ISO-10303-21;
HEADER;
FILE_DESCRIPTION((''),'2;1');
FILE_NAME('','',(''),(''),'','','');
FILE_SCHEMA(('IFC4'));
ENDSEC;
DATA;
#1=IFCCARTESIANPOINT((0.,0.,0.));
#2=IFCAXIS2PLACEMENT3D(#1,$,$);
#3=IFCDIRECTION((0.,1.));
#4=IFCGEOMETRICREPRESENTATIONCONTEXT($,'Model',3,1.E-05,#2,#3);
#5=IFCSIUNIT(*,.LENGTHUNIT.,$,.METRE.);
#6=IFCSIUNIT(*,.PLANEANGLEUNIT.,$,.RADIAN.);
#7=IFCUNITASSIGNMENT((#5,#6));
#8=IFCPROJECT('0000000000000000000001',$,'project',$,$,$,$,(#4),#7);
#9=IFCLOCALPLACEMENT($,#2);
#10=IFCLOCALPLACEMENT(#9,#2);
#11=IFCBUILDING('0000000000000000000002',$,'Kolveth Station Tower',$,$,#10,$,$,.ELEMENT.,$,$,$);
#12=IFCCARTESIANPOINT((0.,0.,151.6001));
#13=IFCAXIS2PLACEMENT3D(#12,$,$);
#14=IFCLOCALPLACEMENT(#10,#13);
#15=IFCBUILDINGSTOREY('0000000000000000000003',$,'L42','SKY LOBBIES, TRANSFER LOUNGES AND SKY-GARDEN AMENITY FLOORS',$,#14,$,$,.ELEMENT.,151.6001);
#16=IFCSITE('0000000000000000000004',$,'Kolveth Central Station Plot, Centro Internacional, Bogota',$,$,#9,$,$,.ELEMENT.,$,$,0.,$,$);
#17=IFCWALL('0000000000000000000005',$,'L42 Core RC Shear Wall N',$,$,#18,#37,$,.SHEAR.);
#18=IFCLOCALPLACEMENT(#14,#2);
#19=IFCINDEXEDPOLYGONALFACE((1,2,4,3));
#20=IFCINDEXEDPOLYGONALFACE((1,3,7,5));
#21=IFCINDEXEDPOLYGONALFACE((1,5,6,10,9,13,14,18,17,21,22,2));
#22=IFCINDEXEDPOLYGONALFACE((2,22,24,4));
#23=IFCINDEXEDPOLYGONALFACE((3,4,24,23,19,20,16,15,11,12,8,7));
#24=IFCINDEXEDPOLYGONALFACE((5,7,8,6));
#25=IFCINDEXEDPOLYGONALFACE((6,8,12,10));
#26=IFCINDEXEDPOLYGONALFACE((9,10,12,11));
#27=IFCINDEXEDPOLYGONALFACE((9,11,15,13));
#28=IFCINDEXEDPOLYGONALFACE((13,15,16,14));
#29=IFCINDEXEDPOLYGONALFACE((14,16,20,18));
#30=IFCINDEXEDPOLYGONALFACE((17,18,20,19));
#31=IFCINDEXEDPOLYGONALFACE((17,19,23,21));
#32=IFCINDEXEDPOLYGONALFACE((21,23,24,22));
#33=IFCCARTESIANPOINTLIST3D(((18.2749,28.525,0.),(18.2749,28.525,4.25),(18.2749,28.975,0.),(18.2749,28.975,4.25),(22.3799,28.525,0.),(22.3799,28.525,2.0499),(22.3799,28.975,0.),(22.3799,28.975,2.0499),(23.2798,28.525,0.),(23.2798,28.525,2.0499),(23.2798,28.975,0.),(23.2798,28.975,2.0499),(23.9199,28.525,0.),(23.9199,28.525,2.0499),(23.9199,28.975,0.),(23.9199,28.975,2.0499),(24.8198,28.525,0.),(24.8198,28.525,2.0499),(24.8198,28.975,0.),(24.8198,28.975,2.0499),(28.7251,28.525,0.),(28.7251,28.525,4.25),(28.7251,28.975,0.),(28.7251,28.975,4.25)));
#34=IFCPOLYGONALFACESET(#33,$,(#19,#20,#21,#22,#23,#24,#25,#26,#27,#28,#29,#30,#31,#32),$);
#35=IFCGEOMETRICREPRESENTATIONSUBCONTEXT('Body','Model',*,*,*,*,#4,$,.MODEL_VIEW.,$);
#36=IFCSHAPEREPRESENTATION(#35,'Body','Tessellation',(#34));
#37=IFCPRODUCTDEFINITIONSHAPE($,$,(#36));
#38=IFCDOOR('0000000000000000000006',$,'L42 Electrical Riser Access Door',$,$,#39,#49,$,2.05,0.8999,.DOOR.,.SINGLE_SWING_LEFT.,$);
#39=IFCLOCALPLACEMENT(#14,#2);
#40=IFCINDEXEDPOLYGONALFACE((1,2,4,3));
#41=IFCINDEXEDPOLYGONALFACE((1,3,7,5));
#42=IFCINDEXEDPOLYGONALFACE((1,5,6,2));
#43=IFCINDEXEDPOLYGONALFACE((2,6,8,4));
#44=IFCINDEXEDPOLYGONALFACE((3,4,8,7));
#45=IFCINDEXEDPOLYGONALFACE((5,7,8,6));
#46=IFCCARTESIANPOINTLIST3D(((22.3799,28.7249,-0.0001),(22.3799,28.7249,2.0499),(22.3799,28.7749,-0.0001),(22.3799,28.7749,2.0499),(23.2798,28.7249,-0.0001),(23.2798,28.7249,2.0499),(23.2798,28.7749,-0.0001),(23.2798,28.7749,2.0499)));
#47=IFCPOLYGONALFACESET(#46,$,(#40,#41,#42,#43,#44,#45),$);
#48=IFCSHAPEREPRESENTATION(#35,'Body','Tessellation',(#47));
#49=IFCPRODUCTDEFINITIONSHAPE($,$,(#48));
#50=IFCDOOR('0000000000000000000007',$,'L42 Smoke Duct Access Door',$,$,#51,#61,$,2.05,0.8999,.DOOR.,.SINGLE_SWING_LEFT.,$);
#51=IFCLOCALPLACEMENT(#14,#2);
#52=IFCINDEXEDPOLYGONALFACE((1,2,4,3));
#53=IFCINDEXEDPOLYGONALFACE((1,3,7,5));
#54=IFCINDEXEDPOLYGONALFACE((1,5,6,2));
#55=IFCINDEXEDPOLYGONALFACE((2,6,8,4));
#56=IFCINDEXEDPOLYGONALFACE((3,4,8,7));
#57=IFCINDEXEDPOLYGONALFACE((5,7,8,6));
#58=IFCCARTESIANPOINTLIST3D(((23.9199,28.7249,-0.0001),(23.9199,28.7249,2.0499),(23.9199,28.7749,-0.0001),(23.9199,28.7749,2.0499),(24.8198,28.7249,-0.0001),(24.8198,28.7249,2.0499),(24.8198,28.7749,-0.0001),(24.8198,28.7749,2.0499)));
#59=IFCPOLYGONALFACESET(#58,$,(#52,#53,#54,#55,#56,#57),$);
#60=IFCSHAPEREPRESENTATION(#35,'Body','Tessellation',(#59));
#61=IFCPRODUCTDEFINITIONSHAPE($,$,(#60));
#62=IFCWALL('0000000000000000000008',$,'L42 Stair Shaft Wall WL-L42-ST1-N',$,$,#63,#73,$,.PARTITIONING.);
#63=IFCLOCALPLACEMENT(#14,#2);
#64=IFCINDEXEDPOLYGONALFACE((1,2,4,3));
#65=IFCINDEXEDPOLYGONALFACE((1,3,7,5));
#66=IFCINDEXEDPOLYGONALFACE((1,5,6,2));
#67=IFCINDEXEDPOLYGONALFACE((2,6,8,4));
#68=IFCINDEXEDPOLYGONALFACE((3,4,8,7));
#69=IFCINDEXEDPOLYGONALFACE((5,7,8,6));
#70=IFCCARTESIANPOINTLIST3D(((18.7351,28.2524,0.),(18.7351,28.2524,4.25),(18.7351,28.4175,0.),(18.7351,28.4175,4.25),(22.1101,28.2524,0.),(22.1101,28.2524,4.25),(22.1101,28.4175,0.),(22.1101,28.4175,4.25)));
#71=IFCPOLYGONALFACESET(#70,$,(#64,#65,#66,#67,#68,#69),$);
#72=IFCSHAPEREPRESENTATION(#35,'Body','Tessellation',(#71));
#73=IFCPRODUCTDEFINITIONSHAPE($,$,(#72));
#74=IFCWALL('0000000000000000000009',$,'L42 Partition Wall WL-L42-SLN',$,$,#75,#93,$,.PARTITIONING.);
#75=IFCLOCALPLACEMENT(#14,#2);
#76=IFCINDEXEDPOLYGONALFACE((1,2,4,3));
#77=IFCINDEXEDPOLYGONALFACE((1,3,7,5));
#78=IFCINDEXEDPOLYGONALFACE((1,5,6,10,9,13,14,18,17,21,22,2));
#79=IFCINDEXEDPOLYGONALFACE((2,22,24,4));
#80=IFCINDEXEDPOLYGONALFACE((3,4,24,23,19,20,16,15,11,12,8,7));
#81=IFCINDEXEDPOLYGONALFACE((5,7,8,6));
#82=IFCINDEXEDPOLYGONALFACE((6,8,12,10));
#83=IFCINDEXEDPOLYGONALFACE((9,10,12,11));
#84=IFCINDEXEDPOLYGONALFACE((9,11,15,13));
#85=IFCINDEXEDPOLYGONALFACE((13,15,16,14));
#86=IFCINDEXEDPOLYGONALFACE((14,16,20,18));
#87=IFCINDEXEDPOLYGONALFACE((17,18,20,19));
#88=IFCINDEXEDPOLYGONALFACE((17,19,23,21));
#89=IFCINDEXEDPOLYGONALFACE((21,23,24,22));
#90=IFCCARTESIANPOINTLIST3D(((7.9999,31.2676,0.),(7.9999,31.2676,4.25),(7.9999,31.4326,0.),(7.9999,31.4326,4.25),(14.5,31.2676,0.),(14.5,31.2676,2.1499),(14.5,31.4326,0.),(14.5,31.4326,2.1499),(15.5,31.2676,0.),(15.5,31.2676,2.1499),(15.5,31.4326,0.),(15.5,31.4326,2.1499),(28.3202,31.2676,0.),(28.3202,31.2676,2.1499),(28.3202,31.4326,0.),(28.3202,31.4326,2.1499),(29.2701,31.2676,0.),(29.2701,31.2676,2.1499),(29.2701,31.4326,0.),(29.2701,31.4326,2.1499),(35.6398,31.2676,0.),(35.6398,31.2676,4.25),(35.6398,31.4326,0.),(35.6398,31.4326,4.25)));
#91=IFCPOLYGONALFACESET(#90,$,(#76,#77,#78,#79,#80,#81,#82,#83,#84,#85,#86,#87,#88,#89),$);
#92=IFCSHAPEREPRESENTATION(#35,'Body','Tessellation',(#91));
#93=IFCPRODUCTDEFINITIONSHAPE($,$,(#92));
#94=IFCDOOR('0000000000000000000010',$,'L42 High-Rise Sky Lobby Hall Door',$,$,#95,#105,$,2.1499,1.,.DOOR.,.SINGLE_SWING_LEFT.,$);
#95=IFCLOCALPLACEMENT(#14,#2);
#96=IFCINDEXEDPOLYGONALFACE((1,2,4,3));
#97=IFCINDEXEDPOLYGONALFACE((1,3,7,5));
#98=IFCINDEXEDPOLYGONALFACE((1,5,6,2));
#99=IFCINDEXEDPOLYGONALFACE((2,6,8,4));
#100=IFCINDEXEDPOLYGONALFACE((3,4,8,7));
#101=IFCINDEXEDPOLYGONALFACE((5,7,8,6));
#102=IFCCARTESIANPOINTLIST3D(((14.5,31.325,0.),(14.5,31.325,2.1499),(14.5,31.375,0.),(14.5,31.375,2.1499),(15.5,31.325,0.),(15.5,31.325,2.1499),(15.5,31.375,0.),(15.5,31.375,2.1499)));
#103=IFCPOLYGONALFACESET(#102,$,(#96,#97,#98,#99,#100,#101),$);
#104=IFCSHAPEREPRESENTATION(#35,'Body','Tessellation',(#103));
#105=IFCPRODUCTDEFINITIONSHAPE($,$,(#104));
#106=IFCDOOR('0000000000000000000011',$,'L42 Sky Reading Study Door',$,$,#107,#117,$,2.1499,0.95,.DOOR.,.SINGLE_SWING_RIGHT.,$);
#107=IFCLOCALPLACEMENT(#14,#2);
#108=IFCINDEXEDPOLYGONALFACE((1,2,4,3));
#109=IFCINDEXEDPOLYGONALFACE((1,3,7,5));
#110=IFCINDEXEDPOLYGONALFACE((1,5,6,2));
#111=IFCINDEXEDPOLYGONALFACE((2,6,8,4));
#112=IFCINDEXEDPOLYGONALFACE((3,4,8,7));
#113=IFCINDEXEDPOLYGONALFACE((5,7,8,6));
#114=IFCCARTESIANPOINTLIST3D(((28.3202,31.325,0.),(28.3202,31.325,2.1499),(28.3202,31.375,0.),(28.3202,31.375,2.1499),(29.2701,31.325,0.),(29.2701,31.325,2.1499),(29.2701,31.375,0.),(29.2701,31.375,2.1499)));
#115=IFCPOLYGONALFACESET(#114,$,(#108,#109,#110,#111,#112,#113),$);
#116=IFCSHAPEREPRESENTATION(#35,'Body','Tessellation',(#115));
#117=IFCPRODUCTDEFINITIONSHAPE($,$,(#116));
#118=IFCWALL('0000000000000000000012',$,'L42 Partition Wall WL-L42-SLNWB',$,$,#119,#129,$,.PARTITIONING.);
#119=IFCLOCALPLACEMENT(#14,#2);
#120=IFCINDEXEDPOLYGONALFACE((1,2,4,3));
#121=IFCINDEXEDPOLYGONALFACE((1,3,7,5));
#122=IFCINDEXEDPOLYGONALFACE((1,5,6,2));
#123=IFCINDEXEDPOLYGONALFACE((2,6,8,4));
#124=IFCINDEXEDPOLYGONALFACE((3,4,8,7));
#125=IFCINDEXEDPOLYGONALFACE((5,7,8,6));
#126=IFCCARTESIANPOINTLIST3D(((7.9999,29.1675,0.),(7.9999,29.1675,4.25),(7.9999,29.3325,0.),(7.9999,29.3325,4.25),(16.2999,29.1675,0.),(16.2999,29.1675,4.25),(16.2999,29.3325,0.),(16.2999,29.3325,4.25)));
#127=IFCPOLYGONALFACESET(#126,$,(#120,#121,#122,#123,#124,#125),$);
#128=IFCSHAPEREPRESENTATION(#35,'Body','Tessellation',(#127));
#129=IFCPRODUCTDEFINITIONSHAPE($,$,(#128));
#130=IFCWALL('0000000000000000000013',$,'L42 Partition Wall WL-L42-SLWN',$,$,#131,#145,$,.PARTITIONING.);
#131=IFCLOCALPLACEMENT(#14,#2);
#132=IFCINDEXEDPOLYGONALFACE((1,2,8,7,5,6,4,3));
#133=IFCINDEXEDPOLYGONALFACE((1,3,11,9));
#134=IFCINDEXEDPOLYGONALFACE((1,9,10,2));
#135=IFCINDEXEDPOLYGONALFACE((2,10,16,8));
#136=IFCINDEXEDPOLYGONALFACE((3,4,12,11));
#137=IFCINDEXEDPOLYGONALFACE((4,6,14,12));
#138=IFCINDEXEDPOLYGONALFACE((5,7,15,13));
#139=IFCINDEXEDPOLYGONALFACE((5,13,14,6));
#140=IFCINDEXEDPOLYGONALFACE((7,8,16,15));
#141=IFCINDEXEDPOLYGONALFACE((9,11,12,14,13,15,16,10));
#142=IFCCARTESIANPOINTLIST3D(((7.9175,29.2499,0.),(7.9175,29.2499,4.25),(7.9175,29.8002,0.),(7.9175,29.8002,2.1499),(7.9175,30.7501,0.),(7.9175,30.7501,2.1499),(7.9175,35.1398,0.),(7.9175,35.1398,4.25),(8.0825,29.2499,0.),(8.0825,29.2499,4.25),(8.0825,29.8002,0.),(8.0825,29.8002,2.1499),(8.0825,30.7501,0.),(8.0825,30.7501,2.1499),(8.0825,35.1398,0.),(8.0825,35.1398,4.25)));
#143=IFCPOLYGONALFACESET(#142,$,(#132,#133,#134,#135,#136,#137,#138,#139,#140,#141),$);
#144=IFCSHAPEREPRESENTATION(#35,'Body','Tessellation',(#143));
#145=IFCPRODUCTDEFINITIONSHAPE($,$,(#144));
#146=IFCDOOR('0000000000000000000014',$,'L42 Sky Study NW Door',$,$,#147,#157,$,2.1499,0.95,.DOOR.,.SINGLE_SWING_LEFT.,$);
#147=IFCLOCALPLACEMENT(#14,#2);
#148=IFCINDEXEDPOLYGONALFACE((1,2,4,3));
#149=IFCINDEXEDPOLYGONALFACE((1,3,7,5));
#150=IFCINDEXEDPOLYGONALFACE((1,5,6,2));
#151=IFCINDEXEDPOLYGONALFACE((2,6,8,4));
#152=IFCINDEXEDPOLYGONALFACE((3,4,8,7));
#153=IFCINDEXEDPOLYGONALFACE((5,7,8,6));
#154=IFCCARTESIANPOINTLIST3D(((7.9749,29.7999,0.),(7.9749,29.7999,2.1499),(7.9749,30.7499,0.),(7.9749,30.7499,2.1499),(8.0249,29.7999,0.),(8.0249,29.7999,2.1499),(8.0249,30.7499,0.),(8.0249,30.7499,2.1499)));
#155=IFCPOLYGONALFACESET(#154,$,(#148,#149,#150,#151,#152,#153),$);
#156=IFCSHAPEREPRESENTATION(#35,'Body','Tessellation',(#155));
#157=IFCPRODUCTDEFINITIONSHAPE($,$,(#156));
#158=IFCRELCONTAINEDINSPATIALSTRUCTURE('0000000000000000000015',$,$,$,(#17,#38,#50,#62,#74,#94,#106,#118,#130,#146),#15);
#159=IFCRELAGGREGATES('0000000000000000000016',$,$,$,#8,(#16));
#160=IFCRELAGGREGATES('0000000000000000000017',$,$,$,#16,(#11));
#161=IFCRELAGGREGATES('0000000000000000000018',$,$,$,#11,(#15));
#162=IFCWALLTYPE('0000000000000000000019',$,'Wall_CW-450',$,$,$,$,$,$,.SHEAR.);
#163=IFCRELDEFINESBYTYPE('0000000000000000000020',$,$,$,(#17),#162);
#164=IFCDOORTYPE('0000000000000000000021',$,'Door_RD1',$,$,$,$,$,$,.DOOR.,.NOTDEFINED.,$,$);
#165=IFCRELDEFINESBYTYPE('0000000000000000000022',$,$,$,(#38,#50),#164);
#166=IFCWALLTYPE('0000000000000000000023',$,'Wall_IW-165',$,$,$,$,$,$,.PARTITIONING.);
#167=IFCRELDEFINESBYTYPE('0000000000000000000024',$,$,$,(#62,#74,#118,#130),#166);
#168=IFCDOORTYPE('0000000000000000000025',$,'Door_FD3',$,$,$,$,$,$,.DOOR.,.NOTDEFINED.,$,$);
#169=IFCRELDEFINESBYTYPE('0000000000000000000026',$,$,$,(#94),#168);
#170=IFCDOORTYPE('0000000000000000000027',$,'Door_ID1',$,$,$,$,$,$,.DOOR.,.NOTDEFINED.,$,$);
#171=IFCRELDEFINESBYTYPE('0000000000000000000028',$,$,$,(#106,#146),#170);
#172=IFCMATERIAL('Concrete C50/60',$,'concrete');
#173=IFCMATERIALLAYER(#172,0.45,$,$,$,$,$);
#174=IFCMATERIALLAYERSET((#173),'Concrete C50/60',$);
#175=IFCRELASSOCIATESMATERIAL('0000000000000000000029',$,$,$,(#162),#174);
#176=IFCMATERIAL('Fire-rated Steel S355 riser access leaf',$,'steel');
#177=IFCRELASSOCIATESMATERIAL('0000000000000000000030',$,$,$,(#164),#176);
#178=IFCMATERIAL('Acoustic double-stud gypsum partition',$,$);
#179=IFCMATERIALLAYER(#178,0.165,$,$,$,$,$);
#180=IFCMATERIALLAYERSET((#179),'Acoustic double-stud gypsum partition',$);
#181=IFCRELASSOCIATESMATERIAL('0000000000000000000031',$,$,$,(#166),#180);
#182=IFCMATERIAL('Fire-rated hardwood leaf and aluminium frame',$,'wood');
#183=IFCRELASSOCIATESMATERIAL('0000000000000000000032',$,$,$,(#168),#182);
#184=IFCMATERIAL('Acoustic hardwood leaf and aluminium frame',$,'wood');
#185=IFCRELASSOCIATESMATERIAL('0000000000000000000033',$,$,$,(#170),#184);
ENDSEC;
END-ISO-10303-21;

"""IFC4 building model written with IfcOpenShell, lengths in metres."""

from ifc_helpers import new_model, si_unit, direction, frame, frame_2d, origin, place, context, subcontext, project, spatial, rectangle, extrude, material, layer, layer_set, type_object, element, fill, save


model = new_model("IFC4")

# Units and contexts
model_context = context("Model", 3, precision=1e-05, world=origin(), true_north=direction((0.0, 1.0)))
body_context = subcontext(model_context, "Body", "Model", "MODEL_VIEW")
ifc_project = project(units=[si_unit("LENGTHUNIT", "METRE"), si_unit("PLANEANGLEUNIT", "RADIAN")], contexts=[model_context])

# Site, building, storey
site_placement = place(None, origin())
site = spatial("IfcSite", under=ifc_project, at=site_placement, Name="Kolveth Central Station Plot, Centro Internacional, Bogota", CompositionType="ELEMENT", RefElevation=0.0)
building_placement = place(site_placement, origin())
building = spatial("IfcBuilding", under=site, at=building_placement, Name="Kolveth Station Tower", CompositionType="ELEMENT")
storey_placement = place(building_placement, frame((0.0, 0.0, 151.6001)))
storey = spatial("IfcBuildingStorey", under=building, at=storey_placement, Name="L42", Description="SKY LOBBIES, TRANSFER LOUNGES AND SKY-GARDEN AMENITY FLOORS", CompositionType="ELEMENT", Elevation=151.6001)

# Wall, openings, doors
ifc_material_1 = material(Name="Concrete C50/60", Category="concrete")
ifc_layer_1 = layer(ifc_material_1, 0.45)
ifc_layer_set_1 = layer_set([ifc_layer_1], Name="Concrete C50/60")
wall_type_1 = type_object("IfcWallType", Name="Wall_CW-450", PredefinedType="SHEAR", material=ifc_layer_set_1)
wall_1_placement = place(storey_placement, frame((18.2749, 28.75, 0.0), z_axis=(0.0, 0.0, 1.0), x_axis=(1.0, 0.0, 0.0)))
wall_1 = element("IfcWall", 1, at=wall_1_placement, inside=storey, type_object=wall_type_1, Name="L42 Core RC Shear Wall N", PredefinedType="SHEAR", context=body_context, shape_type="SweptSolid", body=[
    extrude(rectangle(XDim=10.4502, YDim=0.45, at=frame_2d((5.2251, 0.0))), origin(), (0.0, 0.0, 1.0), 4.25),
])
opening_1_placement = place(wall_1_placement, frame((4.105, 0.0, 0.0)))
opening_1 = element("IfcOpeningElement", 2, at=opening_1_placement, cuts=wall_1, PredefinedType="OPENING", context=body_context, shape_type="SweptSolid", body=[
    extrude(rectangle(XDim=0.8999, YDim=2.05, at=frame_2d((0.45, 1.0249))), frame((0.0, 0.2349, 0.0), z_axis=(0.0, -1.0, 0.0), x_axis=(1.0, 0.0, 0.0)), (0.0, 0.0, 1.0), 0.47),
])
opening_2_placement = place(wall_1_placement, frame((5.645, 0.0, 0.0)))
opening_2 = element("IfcOpeningElement", 3, at=opening_2_placement, cuts=wall_1, PredefinedType="OPENING", context=body_context, shape_type="SweptSolid", body=[
    extrude(rectangle(XDim=0.8999, YDim=2.05, at=frame_2d((0.45, 1.0249))), frame((0.0, 0.2349, 0.0), z_axis=(0.0, -1.0, 0.0), x_axis=(1.0, 0.0, 0.0)), (0.0, 0.0, 1.0), 0.47),
])
ifc_material_2 = material(Name="Fire-rated Steel S355 riser access leaf", Category="steel")
door_type_1 = type_object("IfcDoorType", Name="Door_RD1", OperationType="NOTDEFINED", PredefinedType="DOOR", material=ifc_material_2)
door_1_placement = place(opening_1_placement, origin())
door_1 = element("IfcDoor", 4, at=door_1_placement, inside=storey, type_object=door_type_1, Name="L42 Electrical Riser Access Door", OperationType="SINGLE_SWING_LEFT", OverallHeight=2.05, OverallWidth=0.8999, PredefinedType="DOOR", context=body_context, shape_type="SweptSolid", body=[
    extrude(rectangle(XDim=0.8999, YDim=2.05, at=frame_2d((0.45, 1.0249))), frame((0.0, 0.0249, 0.0), z_axis=(0.0, -1.0, 0.0), x_axis=(1.0, 0.0, 0.0)), (0.0, 0.0, 1.0), 0.05),
])
fill(opening_1, door_1)
door_2_placement = place(opening_2_placement, origin())
door_2 = element("IfcDoor", 5, at=door_2_placement, inside=storey, type_object=door_type_1, Name="L42 Smoke Duct Access Door", OperationType="SINGLE_SWING_LEFT", OverallHeight=2.05, OverallWidth=0.8999, PredefinedType="DOOR", context=body_context, shape_type="SweptSolid", body=[
    extrude(rectangle(XDim=0.8999, YDim=2.05, at=frame_2d((0.45, 1.0249))), frame((0.0, 0.0249, 0.0), z_axis=(0.0, -1.0, 0.0), x_axis=(1.0, 0.0, 0.0)), (0.0, 0.0, 1.0), 0.05),
])
fill(opening_2, door_2)

# Wall
ifc_material_3 = material(Name="Acoustic double-stud gypsum partition")
ifc_layer_2 = layer(ifc_material_3, 0.165)
ifc_layer_set_2 = layer_set([ifc_layer_2], Name="Acoustic double-stud gypsum partition")
wall_type_2 = type_object("IfcWallType", Name="Wall_IW-165", PredefinedType="PARTITIONING", material=ifc_layer_set_2)
wall_2_placement = place(storey_placement, frame((18.7351, 28.335, 0.0), z_axis=(0.0, 0.0, 1.0), x_axis=(1.0, 0.0, 0.0)))
element("IfcWall", 6, at=wall_2_placement, inside=storey, type_object=wall_type_2, Name="L42 Stair Shaft Wall WL-L42-ST1-N", PredefinedType="PARTITIONING", context=body_context, shape_type="SweptSolid", body=[
    extrude(rectangle(XDim=3.375, YDim=0.165, at=frame_2d((1.6875, 0.0))), origin(), (0.0, 0.0, 1.0), 4.25),
])

# Wall, openings, doors
wall_3_placement = place(storey_placement, frame((8.0, 31.3501, 0.0), z_axis=(0.0, 0.0, 1.0), x_axis=(1.0, 0.0, 0.0)))
wall_3 = element("IfcWall", 7, at=wall_3_placement, inside=storey, type_object=wall_type_2, Name="L42 Partition Wall WL-L42-SLN", PredefinedType="PARTITIONING", context=body_context, shape_type="SweptSolid", body=[
    extrude(rectangle(XDim=27.6399, YDim=0.165, at=frame_2d((13.8198, 0.0))), origin(), (0.0, 0.0, 1.0), 4.25),
])
opening_3_placement = place(wall_3_placement, frame((6.5, 0.0, 0.0)))
opening_3 = element("IfcOpeningElement", 8, at=opening_3_placement, cuts=wall_3, PredefinedType="OPENING", context=body_context, shape_type="SweptSolid", body=[
    extrude(rectangle(XDim=1.0, YDim=2.1499, at=frame_2d((0.5, 1.075))), frame((0.0, 0.0925, 0.0), z_axis=(0.0, -1.0, 0.0), x_axis=(1.0, 0.0, 0.0)), (0.0, 0.0, 1.0), 0.1851),
])
opening_4_placement = place(wall_3_placement, frame((20.3201, 0.0, 0.0)))
opening_4 = element("IfcOpeningElement", 9, at=opening_4_placement, cuts=wall_3, PredefinedType="OPENING", context=body_context, shape_type="SweptSolid", body=[
    extrude(rectangle(XDim=0.95, YDim=2.1499, at=frame_2d((0.4751, 1.075))), frame((0.0, 0.0925, 0.0), z_axis=(0.0, -1.0, 0.0), x_axis=(1.0, 0.0, 0.0)), (0.0, 0.0, 1.0), 0.1851),
])
ifc_material_4 = material(Name="Fire-rated hardwood leaf and aluminium frame", Category="wood")
door_type_2 = type_object("IfcDoorType", Name="Door_FD3", OperationType="NOTDEFINED", PredefinedType="DOOR", material=ifc_material_4)
door_3_placement = place(opening_3_placement, origin())
door_3 = element("IfcDoor", 10, at=door_3_placement, inside=storey, type_object=door_type_2, Name="L42 High-Rise Sky Lobby Hall Door", OperationType="SINGLE_SWING_LEFT", OverallHeight=2.1499, OverallWidth=1.0, PredefinedType="DOOR", context=body_context, shape_type="SweptSolid", body=[
    extrude(rectangle(XDim=1.0, YDim=2.1499, at=frame_2d((0.5, 1.075))), frame((0.0, 0.0249, 0.0), z_axis=(0.0, -1.0, 0.0), x_axis=(1.0, 0.0, 0.0)), (0.0, 0.0, 1.0), 0.05),
])
fill(opening_3, door_3)
ifc_material_5 = material(Name="Acoustic hardwood leaf and aluminium frame", Category="wood")
door_type_3 = type_object("IfcDoorType", Name="Door_ID1", OperationType="NOTDEFINED", PredefinedType="DOOR", material=ifc_material_5)
door_4_placement = place(opening_4_placement, origin())
door_4 = element("IfcDoor", 11, at=door_4_placement, inside=storey, type_object=door_type_3, Name="L42 Sky Reading Study Door", OperationType="SINGLE_SWING_RIGHT", OverallHeight=2.1499, OverallWidth=0.95, PredefinedType="DOOR", context=body_context, shape_type="SweptSolid", body=[
    extrude(rectangle(XDim=0.95, YDim=2.1499, at=frame_2d((0.4751, 1.075))), frame((0.0, 0.0249, 0.0), z_axis=(0.0, -1.0, 0.0), x_axis=(1.0, 0.0, 0.0)), (0.0, 0.0, 1.0), 0.05),
])
fill(opening_4, door_4)

# Wall
wall_4_placement = place(storey_placement, frame((8.0, 29.25, 0.0), z_axis=(0.0, 0.0, 1.0), x_axis=(1.0, 0.0, 0.0)))
element("IfcWall", 12, at=wall_4_placement, inside=storey, type_object=wall_type_2, Name="L42 Partition Wall WL-L42-SLNWB", PredefinedType="PARTITIONING", context=body_context, shape_type="SweptSolid", body=[
    extrude(rectangle(XDim=8.3, YDim=0.165, at=frame_2d((4.1499, 0.0))), origin(), (0.0, 0.0, 1.0), 4.25),
])

# Wall, opening, door
wall_5_placement = place(storey_placement, frame((8.0, 29.25, 0.0), z_axis=(0.0, 0.0, 1.0), x_axis=(0.0, 1.0, 0.0)))
wall_5 = element("IfcWall", 13, at=wall_5_placement, inside=storey, type_object=wall_type_2, Name="L42 Partition Wall WL-L42-SLWN", PredefinedType="PARTITIONING", context=body_context, shape_type="SweptSolid", body=[
    extrude(rectangle(XDim=5.8899, YDim=0.165, at=frame_2d((2.9448, 0.0))), origin(), (0.0, 0.0, 1.0), 4.25),
])
opening_5_placement = place(wall_5_placement, frame((0.55, 0.0, 0.0)))
opening_5 = element("IfcOpeningElement", 14, at=opening_5_placement, cuts=wall_5, PredefinedType="OPENING", context=body_context, shape_type="SweptSolid", body=[
    extrude(rectangle(XDim=0.95, YDim=2.1499, at=frame_2d((0.4751, 1.075))), frame((0.0, 0.0925, 0.0), z_axis=(0.0, -1.0, 0.0), x_axis=(1.0, 0.0, 0.0)), (0.0, 0.0, 1.0), 0.1851),
])
door_5_placement = place(opening_5_placement, frame((0.95, 0.0, 0.0), z_axis=(0.0, 0.0, 1.0), x_axis=(-1.0, 0.0, 0.0)))
door_5 = element("IfcDoor", 15, at=door_5_placement, inside=storey, type_object=door_type_3, Name="L42 Sky Study NW Door", OperationType="SINGLE_SWING_LEFT", OverallHeight=2.1499, OverallWidth=0.95, PredefinedType="DOOR", context=body_context, shape_type="SweptSolid", body=[
    extrude(rectangle(XDim=0.95, YDim=2.1499, at=frame_2d((0.4751, 1.075))), frame((0.0, 0.0249, 0.0), z_axis=(0.0, -1.0, 0.0), x_axis=(1.0, 0.0, 0.0)), (0.0, 0.0, 1.0), 0.05),
])
fill(opening_5, door_5)

save(model, "model.ifc")
